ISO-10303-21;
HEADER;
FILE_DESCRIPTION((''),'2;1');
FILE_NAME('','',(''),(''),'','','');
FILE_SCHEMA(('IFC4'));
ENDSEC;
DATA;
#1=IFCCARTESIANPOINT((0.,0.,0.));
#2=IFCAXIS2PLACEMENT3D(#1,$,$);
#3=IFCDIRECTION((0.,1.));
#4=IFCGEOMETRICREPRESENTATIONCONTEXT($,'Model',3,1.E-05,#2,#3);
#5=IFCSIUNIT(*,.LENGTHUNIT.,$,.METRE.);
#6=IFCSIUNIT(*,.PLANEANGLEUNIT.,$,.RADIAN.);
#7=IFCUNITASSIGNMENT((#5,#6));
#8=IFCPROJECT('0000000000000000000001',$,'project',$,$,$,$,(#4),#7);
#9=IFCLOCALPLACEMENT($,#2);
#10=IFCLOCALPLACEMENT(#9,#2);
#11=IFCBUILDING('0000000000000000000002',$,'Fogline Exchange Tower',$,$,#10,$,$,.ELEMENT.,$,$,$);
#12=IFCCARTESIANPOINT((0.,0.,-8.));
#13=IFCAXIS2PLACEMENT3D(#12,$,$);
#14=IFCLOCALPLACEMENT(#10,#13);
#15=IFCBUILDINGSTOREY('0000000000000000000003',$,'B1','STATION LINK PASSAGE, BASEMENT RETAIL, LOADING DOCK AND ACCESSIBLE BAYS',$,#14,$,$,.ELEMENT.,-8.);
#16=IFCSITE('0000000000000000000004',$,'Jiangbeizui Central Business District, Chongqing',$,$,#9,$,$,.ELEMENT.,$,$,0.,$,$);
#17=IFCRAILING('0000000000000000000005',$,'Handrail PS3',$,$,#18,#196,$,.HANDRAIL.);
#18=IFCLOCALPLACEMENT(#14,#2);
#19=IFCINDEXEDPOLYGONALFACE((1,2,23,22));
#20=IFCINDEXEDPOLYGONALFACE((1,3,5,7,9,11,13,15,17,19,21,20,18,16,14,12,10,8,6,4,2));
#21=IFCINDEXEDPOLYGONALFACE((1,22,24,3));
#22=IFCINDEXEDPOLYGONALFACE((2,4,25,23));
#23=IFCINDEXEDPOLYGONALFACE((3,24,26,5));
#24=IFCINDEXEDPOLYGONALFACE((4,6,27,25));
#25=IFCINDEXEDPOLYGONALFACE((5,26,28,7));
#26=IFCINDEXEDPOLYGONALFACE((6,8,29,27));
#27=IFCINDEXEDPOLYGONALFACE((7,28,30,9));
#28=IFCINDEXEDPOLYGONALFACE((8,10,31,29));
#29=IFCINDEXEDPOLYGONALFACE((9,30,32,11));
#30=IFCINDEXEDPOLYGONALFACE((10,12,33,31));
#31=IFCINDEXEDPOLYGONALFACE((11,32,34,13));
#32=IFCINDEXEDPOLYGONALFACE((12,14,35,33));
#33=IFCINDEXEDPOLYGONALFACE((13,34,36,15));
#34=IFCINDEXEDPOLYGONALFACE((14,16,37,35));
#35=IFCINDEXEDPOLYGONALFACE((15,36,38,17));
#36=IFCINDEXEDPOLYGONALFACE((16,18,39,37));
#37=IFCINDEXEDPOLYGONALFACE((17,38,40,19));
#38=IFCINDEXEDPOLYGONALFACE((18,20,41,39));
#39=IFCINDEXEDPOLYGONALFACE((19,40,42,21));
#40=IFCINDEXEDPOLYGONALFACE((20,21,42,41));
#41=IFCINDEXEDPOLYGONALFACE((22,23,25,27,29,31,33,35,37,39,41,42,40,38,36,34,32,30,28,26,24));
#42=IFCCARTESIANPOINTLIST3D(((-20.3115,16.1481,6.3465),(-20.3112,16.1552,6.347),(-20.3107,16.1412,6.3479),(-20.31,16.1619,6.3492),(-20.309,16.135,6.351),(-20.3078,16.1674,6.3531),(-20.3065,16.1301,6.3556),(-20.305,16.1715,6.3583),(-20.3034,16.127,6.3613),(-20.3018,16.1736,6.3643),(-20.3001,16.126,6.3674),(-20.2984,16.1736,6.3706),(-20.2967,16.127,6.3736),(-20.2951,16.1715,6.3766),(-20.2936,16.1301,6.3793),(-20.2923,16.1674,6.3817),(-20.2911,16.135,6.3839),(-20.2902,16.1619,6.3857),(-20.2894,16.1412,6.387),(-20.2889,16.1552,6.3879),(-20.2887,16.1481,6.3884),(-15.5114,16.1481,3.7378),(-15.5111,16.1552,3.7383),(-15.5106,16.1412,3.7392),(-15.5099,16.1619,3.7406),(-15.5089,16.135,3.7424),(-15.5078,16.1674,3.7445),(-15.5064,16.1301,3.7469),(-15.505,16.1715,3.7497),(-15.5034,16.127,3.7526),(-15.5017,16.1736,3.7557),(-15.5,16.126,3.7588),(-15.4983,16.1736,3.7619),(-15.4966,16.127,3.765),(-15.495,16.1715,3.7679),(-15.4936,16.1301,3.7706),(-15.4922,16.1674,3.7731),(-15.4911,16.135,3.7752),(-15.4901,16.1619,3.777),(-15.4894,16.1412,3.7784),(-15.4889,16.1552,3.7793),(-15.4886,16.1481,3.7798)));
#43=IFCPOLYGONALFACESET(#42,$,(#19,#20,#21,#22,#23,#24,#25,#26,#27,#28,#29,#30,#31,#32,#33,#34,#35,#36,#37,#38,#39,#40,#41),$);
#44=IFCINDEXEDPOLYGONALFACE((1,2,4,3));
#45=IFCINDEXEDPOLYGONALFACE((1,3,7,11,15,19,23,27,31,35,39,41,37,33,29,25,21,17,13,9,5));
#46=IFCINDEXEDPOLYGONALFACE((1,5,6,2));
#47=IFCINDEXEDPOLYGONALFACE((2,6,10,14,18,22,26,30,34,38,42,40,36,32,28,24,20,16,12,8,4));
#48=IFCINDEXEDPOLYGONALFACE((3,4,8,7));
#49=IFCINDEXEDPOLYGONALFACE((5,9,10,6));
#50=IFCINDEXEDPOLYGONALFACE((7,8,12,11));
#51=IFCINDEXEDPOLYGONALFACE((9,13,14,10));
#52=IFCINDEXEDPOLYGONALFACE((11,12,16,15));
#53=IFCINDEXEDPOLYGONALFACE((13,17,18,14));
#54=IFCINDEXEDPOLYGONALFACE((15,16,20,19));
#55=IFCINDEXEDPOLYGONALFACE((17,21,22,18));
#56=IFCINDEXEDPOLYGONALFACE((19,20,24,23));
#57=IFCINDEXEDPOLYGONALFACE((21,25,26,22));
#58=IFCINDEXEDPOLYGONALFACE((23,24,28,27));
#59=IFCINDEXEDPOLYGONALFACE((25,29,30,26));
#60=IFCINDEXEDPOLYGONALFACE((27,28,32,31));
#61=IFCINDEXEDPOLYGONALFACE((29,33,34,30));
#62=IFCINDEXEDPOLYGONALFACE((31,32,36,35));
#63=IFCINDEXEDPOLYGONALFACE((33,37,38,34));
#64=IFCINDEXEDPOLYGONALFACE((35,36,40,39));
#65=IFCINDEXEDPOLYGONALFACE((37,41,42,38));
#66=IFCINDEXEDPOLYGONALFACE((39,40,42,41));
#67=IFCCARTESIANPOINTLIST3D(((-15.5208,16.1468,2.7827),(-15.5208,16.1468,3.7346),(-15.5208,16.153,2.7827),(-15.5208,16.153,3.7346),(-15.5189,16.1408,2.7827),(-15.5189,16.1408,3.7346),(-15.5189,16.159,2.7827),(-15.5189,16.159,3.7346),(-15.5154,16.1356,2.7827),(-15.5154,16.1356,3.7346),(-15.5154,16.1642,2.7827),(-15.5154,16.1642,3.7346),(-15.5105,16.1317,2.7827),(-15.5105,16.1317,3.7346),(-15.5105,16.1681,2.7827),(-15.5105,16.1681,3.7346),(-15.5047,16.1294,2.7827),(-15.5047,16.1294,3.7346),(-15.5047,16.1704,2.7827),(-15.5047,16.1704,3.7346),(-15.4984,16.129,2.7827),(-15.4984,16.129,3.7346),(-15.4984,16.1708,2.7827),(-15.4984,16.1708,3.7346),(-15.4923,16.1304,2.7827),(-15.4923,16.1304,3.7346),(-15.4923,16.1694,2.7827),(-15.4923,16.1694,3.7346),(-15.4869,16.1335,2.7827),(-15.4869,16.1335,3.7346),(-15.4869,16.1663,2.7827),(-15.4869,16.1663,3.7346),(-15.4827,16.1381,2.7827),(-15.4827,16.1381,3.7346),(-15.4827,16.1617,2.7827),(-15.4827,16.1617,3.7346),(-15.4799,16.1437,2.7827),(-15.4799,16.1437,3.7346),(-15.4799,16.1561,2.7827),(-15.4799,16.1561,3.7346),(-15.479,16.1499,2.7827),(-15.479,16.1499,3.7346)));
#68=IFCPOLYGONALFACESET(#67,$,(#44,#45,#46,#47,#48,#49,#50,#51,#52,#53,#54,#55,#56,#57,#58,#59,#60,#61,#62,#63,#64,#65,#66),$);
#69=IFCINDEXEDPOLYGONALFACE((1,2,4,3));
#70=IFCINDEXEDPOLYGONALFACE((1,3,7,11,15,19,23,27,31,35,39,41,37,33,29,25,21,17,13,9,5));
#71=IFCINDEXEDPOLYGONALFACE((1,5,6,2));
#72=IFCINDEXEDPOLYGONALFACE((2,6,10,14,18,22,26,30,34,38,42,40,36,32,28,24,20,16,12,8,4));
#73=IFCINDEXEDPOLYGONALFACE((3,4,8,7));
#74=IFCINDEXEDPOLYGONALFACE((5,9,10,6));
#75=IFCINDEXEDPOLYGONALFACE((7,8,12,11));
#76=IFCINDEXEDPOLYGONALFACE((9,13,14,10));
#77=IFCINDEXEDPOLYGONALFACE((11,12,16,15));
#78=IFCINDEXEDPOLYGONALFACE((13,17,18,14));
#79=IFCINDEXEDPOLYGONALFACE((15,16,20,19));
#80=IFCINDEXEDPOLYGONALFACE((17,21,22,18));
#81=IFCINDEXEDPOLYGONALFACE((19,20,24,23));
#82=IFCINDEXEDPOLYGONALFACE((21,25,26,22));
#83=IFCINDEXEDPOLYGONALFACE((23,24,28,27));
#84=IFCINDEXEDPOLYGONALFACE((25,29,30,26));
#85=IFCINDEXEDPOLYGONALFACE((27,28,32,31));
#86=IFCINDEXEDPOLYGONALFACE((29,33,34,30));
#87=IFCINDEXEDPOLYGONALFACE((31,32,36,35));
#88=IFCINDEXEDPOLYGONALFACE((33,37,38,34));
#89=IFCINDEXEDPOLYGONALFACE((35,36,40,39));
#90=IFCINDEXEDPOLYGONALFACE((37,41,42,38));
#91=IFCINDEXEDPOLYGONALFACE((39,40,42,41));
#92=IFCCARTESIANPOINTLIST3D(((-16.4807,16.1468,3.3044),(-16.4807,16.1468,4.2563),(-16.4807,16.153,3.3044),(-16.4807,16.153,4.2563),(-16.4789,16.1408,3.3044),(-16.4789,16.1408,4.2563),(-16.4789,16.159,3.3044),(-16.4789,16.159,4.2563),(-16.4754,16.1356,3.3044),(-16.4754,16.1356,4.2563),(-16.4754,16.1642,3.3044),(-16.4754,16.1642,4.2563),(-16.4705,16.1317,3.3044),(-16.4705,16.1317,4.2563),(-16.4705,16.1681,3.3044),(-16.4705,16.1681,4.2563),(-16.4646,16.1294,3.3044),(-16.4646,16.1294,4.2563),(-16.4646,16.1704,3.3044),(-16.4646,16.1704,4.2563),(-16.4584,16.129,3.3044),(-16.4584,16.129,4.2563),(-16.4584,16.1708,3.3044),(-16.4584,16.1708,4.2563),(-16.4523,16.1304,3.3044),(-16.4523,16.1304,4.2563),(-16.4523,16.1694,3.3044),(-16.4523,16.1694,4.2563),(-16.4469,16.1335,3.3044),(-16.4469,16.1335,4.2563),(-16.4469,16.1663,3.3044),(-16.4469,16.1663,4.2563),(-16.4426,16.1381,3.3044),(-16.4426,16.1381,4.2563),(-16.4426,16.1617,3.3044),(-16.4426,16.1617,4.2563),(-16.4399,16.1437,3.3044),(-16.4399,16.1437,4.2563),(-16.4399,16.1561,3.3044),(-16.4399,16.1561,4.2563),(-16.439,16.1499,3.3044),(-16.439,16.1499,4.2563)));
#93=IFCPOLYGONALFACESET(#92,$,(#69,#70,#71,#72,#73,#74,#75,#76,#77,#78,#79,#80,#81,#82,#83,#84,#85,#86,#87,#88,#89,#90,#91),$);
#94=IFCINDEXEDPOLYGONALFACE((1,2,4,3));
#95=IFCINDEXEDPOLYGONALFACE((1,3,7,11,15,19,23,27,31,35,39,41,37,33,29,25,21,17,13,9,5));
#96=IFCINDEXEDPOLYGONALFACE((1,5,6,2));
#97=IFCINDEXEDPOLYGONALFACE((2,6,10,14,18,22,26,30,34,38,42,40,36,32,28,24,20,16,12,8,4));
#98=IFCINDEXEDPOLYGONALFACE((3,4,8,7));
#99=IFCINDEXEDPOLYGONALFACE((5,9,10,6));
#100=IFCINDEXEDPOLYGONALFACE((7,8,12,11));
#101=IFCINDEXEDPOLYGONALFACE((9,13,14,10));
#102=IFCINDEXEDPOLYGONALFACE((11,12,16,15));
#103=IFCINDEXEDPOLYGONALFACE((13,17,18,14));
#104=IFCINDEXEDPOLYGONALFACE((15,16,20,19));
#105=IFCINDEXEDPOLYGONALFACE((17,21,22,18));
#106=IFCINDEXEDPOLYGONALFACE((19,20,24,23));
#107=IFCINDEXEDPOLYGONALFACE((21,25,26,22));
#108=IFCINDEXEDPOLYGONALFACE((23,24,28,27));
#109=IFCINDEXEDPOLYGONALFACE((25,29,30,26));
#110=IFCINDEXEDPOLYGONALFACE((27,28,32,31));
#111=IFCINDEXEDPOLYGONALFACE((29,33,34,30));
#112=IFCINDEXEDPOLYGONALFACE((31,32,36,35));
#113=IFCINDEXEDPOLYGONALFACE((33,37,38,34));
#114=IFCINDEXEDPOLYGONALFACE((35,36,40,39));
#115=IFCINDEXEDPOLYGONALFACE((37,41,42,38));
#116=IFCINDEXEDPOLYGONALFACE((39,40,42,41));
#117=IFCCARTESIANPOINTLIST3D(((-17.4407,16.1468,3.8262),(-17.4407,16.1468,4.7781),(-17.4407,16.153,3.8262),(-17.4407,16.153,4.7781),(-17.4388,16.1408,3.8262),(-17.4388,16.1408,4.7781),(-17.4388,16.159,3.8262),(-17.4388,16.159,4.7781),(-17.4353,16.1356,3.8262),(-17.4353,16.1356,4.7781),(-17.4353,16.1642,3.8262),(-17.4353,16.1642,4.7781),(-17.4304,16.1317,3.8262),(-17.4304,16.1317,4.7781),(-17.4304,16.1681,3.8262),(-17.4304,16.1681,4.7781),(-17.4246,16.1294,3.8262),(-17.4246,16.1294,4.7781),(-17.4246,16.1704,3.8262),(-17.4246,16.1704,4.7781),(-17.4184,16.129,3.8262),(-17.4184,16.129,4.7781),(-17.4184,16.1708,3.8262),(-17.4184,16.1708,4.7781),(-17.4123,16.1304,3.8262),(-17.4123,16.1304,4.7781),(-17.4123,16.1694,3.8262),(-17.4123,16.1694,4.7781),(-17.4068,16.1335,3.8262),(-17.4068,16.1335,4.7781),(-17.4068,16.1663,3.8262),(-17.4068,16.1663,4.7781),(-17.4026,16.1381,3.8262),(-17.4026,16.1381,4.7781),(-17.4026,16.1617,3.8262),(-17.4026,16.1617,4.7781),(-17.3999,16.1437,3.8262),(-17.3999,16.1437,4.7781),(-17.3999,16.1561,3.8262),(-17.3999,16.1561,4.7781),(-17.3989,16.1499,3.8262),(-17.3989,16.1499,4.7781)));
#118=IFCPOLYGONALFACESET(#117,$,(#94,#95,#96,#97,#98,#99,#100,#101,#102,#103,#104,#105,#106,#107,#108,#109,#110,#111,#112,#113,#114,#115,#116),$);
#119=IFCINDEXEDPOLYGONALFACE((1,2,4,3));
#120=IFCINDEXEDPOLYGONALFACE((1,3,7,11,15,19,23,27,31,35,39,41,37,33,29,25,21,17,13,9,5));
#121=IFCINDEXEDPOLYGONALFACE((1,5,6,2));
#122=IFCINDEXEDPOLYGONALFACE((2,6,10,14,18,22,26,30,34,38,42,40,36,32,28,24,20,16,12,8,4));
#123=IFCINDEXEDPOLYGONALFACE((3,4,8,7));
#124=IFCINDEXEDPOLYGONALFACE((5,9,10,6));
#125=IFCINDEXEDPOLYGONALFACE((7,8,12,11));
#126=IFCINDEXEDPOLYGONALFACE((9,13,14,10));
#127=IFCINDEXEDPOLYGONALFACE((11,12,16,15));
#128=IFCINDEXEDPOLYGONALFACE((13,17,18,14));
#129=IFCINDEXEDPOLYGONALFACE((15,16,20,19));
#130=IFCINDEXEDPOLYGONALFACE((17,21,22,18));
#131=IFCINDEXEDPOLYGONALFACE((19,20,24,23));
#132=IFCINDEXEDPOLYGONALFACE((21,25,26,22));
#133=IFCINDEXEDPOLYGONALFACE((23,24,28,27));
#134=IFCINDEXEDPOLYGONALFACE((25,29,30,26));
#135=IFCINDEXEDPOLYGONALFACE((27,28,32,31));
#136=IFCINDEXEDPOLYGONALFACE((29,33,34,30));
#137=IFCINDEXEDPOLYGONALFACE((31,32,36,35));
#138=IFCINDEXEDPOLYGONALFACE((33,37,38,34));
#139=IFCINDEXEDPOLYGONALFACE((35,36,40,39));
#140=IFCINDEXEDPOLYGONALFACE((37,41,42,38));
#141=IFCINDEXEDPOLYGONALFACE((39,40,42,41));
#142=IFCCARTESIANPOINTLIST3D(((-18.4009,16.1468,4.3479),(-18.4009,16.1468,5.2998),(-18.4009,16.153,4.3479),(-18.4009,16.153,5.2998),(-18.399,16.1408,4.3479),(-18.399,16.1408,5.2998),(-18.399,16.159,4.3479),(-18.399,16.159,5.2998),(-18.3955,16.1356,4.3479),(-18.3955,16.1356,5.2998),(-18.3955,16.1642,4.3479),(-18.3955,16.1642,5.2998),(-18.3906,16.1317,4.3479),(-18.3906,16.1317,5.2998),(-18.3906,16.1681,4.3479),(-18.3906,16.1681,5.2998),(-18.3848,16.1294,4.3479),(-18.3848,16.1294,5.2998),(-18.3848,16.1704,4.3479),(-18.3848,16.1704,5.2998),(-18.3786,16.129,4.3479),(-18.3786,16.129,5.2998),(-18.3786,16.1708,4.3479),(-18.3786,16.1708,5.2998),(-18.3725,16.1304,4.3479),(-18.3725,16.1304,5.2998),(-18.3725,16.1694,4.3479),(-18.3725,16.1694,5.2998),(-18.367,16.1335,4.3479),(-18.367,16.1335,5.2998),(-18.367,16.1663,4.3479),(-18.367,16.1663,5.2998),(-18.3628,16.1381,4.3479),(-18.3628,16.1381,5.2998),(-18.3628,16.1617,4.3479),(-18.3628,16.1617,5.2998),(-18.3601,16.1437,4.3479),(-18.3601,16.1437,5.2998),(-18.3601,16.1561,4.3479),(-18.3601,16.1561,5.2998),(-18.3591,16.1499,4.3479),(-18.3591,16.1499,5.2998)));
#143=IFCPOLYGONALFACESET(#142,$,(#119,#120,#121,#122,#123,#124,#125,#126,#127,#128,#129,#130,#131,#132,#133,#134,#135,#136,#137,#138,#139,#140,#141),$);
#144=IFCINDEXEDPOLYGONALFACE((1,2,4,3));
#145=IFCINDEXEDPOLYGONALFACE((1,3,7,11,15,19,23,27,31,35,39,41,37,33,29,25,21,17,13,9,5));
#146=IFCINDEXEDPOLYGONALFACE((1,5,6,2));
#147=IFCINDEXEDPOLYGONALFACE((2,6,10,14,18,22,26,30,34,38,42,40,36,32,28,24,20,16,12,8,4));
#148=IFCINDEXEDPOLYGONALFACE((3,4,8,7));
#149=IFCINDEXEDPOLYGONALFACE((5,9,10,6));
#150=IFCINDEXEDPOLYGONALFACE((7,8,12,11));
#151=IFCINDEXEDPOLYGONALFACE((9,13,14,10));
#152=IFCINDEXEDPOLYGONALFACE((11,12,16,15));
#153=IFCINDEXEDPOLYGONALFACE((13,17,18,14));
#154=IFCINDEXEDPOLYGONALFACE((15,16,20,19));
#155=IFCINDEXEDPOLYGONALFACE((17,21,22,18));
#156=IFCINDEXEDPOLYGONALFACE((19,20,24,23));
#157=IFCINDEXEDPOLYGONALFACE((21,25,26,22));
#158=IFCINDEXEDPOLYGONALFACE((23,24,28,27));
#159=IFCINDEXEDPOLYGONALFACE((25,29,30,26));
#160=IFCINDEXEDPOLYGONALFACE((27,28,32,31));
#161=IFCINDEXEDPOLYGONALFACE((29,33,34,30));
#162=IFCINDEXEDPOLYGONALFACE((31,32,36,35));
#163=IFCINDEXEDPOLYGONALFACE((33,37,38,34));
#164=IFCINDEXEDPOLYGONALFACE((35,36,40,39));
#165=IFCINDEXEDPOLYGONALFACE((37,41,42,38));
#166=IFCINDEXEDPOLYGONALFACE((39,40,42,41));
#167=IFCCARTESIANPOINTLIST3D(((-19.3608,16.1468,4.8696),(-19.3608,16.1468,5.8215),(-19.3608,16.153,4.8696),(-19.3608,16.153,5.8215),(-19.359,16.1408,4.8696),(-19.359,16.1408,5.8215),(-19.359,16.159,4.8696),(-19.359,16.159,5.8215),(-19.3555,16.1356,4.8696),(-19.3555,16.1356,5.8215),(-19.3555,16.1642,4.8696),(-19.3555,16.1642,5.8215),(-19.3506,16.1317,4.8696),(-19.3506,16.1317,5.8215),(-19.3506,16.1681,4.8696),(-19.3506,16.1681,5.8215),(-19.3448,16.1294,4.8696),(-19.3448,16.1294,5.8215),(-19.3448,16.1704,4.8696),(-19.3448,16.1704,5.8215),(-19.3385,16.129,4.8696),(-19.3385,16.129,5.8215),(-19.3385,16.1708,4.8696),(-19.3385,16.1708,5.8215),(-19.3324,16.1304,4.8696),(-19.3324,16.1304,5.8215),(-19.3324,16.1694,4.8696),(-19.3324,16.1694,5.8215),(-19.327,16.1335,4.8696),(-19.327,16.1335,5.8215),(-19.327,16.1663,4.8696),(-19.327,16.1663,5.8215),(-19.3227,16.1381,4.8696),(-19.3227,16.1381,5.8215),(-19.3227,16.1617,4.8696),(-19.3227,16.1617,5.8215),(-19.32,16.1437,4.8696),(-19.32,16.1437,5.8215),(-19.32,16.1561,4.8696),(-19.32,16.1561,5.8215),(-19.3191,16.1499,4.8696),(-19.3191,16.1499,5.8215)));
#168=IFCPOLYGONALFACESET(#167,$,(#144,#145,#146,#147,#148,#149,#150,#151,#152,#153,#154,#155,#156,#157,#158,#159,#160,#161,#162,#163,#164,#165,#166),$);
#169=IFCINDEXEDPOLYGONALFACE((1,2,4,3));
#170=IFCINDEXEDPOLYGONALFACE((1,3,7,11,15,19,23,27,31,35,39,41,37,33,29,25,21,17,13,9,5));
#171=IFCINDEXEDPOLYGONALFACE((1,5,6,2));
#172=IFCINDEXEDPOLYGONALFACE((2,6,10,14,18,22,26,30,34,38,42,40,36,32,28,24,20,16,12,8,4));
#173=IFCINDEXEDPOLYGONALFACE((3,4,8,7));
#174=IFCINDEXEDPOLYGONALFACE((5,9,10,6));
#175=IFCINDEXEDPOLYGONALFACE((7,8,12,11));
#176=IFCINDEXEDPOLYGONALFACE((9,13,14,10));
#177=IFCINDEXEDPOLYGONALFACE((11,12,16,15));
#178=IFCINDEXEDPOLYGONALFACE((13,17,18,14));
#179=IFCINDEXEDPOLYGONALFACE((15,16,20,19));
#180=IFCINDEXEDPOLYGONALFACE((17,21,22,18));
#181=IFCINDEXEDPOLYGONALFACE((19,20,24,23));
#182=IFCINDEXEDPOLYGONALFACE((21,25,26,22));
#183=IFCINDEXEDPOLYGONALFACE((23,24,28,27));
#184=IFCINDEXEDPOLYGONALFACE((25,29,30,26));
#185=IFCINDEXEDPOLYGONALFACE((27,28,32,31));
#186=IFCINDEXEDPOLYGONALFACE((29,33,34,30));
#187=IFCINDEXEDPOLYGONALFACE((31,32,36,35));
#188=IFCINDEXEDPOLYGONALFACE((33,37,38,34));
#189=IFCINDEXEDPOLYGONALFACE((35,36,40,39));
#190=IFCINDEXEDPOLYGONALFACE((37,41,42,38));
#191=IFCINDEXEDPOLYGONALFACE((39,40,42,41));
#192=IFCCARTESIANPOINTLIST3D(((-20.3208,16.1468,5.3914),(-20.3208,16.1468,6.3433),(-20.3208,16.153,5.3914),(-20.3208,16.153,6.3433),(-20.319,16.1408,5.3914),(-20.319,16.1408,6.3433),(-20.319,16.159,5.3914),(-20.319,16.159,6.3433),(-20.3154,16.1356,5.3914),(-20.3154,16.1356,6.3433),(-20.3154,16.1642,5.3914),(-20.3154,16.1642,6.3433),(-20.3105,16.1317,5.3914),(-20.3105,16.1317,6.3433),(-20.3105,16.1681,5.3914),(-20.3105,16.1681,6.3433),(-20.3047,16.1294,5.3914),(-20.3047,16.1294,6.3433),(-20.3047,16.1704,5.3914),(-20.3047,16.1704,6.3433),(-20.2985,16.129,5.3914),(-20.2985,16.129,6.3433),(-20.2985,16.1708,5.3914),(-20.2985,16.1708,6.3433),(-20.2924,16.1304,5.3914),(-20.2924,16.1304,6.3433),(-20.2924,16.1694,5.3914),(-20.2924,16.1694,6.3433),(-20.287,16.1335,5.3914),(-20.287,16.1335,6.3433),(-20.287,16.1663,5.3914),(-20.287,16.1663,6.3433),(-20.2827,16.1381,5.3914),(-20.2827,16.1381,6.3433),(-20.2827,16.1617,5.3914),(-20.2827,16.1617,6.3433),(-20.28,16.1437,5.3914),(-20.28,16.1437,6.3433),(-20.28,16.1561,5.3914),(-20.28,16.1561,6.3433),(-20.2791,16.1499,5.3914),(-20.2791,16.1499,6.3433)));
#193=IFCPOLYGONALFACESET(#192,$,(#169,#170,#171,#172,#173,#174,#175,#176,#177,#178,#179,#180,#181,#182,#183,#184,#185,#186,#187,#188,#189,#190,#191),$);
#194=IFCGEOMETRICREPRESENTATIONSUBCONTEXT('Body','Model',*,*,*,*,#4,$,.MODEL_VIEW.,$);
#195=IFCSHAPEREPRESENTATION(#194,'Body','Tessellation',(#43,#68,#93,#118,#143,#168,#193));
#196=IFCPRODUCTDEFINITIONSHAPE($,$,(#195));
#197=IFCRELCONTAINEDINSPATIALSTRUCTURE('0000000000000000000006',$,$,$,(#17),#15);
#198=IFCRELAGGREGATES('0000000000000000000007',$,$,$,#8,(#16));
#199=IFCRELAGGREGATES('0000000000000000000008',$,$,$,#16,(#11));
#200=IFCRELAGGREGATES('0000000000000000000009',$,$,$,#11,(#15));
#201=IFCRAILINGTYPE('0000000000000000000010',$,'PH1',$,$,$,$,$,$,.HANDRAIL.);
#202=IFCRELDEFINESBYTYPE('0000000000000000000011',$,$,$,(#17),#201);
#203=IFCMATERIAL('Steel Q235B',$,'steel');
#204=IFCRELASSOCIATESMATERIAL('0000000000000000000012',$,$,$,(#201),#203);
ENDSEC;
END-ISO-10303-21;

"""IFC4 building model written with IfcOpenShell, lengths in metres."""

from ifc_helpers import new_model, si_unit, direction, frame, origin, origin_2d, place, context, subcontext, project, spatial, circle, extrude, material, type_object, element, save


model = new_model("IFC4")

# Units and contexts
model_context = context("Model", 3, precision=1e-05, world=origin(), true_north=direction((0.0, 1.0)))
body_context = subcontext(model_context, "Body", "Model", "MODEL_VIEW")
ifc_project = project(units=[si_unit("LENGTHUNIT", "METRE"), si_unit("PLANEANGLEUNIT", "RADIAN")], contexts=[model_context])

# Site, building, storey
site_placement = place(None, origin())
site = spatial("IfcSite", under=ifc_project, at=site_placement, Name="Jiangbeizui Central Business District, Chongqing", CompositionType="ELEMENT", RefElevation=0.0)
building_placement = place(site_placement, origin())
building = spatial("IfcBuilding", under=site, at=building_placement, Name="Fogline Exchange Tower", CompositionType="ELEMENT")
storey_placement = place(building_placement, frame((0.0, 0.0, -8.0)))
storey = spatial("IfcBuildingStorey", under=building, at=storey_placement, Name="B1", Description="STATION LINK PASSAGE, BASEMENT RETAIL, LOADING DOCK AND ACCESSIBLE BAYS", CompositionType="ELEMENT", Elevation=-8.0)

# Shared definitions
ifc_material_1 = material(Name="Steel Q235B", Category="steel")

# Railing
railing_type_1 = type_object("IfcRailingType", Name="PH1", PredefinedType="HANDRAIL", material=ifc_material_1)
for number, where, name in (
    (1, (-15.5, 16.1499, 2.7827), "Handrail PS3"),
):
    element("IfcRailing", number, at=place(storey_placement, frame(where)), inside=storey, type_object=railing_type_1, Name=name, PredefinedType="HANDRAIL", context=body_context, shape_type="SweptSolid", body=[
        extrude(circle(Radius=0.0239, at=origin_2d()), frame((0.0, 0.0, 0.9761), z_axis=(-0.878631, 0.0, 0.477502), x_axis=(0.0, -1.0, 0.0)), (0.0, 0.0, 1.0), 5.4631),
        extrude(circle(Radius=0.021, at=origin_2d()), origin(), (0.0, 0.0, 1.0), 0.9519),
        extrude(circle(Radius=0.021, at=origin_2d()), frame((-0.96, 0.0, 0.5217)), (0.0, 0.0, 1.0), 0.9519),
        extrude(circle(Radius=0.021, at=origin_2d()), frame((-1.9199, 0.0, 1.0435)), (0.0, 0.0, 1.0), 0.9519),
        extrude(circle(Radius=0.021, at=origin_2d()), frame((-2.8801, 0.0, 1.5652)), (0.0, 0.0, 1.0), 0.9519),
        extrude(circle(Radius=0.021, at=origin_2d()), frame((-3.8401, 0.0, 2.0869)), (0.0, 0.0, 1.0), 0.9519),
        extrude(circle(Radius=0.021, at=origin_2d()), frame((-4.8, 0.0, 2.6086)), (0.0, 0.0, 1.0), 0.9519),
    ])

save(model, "model.ifc")
